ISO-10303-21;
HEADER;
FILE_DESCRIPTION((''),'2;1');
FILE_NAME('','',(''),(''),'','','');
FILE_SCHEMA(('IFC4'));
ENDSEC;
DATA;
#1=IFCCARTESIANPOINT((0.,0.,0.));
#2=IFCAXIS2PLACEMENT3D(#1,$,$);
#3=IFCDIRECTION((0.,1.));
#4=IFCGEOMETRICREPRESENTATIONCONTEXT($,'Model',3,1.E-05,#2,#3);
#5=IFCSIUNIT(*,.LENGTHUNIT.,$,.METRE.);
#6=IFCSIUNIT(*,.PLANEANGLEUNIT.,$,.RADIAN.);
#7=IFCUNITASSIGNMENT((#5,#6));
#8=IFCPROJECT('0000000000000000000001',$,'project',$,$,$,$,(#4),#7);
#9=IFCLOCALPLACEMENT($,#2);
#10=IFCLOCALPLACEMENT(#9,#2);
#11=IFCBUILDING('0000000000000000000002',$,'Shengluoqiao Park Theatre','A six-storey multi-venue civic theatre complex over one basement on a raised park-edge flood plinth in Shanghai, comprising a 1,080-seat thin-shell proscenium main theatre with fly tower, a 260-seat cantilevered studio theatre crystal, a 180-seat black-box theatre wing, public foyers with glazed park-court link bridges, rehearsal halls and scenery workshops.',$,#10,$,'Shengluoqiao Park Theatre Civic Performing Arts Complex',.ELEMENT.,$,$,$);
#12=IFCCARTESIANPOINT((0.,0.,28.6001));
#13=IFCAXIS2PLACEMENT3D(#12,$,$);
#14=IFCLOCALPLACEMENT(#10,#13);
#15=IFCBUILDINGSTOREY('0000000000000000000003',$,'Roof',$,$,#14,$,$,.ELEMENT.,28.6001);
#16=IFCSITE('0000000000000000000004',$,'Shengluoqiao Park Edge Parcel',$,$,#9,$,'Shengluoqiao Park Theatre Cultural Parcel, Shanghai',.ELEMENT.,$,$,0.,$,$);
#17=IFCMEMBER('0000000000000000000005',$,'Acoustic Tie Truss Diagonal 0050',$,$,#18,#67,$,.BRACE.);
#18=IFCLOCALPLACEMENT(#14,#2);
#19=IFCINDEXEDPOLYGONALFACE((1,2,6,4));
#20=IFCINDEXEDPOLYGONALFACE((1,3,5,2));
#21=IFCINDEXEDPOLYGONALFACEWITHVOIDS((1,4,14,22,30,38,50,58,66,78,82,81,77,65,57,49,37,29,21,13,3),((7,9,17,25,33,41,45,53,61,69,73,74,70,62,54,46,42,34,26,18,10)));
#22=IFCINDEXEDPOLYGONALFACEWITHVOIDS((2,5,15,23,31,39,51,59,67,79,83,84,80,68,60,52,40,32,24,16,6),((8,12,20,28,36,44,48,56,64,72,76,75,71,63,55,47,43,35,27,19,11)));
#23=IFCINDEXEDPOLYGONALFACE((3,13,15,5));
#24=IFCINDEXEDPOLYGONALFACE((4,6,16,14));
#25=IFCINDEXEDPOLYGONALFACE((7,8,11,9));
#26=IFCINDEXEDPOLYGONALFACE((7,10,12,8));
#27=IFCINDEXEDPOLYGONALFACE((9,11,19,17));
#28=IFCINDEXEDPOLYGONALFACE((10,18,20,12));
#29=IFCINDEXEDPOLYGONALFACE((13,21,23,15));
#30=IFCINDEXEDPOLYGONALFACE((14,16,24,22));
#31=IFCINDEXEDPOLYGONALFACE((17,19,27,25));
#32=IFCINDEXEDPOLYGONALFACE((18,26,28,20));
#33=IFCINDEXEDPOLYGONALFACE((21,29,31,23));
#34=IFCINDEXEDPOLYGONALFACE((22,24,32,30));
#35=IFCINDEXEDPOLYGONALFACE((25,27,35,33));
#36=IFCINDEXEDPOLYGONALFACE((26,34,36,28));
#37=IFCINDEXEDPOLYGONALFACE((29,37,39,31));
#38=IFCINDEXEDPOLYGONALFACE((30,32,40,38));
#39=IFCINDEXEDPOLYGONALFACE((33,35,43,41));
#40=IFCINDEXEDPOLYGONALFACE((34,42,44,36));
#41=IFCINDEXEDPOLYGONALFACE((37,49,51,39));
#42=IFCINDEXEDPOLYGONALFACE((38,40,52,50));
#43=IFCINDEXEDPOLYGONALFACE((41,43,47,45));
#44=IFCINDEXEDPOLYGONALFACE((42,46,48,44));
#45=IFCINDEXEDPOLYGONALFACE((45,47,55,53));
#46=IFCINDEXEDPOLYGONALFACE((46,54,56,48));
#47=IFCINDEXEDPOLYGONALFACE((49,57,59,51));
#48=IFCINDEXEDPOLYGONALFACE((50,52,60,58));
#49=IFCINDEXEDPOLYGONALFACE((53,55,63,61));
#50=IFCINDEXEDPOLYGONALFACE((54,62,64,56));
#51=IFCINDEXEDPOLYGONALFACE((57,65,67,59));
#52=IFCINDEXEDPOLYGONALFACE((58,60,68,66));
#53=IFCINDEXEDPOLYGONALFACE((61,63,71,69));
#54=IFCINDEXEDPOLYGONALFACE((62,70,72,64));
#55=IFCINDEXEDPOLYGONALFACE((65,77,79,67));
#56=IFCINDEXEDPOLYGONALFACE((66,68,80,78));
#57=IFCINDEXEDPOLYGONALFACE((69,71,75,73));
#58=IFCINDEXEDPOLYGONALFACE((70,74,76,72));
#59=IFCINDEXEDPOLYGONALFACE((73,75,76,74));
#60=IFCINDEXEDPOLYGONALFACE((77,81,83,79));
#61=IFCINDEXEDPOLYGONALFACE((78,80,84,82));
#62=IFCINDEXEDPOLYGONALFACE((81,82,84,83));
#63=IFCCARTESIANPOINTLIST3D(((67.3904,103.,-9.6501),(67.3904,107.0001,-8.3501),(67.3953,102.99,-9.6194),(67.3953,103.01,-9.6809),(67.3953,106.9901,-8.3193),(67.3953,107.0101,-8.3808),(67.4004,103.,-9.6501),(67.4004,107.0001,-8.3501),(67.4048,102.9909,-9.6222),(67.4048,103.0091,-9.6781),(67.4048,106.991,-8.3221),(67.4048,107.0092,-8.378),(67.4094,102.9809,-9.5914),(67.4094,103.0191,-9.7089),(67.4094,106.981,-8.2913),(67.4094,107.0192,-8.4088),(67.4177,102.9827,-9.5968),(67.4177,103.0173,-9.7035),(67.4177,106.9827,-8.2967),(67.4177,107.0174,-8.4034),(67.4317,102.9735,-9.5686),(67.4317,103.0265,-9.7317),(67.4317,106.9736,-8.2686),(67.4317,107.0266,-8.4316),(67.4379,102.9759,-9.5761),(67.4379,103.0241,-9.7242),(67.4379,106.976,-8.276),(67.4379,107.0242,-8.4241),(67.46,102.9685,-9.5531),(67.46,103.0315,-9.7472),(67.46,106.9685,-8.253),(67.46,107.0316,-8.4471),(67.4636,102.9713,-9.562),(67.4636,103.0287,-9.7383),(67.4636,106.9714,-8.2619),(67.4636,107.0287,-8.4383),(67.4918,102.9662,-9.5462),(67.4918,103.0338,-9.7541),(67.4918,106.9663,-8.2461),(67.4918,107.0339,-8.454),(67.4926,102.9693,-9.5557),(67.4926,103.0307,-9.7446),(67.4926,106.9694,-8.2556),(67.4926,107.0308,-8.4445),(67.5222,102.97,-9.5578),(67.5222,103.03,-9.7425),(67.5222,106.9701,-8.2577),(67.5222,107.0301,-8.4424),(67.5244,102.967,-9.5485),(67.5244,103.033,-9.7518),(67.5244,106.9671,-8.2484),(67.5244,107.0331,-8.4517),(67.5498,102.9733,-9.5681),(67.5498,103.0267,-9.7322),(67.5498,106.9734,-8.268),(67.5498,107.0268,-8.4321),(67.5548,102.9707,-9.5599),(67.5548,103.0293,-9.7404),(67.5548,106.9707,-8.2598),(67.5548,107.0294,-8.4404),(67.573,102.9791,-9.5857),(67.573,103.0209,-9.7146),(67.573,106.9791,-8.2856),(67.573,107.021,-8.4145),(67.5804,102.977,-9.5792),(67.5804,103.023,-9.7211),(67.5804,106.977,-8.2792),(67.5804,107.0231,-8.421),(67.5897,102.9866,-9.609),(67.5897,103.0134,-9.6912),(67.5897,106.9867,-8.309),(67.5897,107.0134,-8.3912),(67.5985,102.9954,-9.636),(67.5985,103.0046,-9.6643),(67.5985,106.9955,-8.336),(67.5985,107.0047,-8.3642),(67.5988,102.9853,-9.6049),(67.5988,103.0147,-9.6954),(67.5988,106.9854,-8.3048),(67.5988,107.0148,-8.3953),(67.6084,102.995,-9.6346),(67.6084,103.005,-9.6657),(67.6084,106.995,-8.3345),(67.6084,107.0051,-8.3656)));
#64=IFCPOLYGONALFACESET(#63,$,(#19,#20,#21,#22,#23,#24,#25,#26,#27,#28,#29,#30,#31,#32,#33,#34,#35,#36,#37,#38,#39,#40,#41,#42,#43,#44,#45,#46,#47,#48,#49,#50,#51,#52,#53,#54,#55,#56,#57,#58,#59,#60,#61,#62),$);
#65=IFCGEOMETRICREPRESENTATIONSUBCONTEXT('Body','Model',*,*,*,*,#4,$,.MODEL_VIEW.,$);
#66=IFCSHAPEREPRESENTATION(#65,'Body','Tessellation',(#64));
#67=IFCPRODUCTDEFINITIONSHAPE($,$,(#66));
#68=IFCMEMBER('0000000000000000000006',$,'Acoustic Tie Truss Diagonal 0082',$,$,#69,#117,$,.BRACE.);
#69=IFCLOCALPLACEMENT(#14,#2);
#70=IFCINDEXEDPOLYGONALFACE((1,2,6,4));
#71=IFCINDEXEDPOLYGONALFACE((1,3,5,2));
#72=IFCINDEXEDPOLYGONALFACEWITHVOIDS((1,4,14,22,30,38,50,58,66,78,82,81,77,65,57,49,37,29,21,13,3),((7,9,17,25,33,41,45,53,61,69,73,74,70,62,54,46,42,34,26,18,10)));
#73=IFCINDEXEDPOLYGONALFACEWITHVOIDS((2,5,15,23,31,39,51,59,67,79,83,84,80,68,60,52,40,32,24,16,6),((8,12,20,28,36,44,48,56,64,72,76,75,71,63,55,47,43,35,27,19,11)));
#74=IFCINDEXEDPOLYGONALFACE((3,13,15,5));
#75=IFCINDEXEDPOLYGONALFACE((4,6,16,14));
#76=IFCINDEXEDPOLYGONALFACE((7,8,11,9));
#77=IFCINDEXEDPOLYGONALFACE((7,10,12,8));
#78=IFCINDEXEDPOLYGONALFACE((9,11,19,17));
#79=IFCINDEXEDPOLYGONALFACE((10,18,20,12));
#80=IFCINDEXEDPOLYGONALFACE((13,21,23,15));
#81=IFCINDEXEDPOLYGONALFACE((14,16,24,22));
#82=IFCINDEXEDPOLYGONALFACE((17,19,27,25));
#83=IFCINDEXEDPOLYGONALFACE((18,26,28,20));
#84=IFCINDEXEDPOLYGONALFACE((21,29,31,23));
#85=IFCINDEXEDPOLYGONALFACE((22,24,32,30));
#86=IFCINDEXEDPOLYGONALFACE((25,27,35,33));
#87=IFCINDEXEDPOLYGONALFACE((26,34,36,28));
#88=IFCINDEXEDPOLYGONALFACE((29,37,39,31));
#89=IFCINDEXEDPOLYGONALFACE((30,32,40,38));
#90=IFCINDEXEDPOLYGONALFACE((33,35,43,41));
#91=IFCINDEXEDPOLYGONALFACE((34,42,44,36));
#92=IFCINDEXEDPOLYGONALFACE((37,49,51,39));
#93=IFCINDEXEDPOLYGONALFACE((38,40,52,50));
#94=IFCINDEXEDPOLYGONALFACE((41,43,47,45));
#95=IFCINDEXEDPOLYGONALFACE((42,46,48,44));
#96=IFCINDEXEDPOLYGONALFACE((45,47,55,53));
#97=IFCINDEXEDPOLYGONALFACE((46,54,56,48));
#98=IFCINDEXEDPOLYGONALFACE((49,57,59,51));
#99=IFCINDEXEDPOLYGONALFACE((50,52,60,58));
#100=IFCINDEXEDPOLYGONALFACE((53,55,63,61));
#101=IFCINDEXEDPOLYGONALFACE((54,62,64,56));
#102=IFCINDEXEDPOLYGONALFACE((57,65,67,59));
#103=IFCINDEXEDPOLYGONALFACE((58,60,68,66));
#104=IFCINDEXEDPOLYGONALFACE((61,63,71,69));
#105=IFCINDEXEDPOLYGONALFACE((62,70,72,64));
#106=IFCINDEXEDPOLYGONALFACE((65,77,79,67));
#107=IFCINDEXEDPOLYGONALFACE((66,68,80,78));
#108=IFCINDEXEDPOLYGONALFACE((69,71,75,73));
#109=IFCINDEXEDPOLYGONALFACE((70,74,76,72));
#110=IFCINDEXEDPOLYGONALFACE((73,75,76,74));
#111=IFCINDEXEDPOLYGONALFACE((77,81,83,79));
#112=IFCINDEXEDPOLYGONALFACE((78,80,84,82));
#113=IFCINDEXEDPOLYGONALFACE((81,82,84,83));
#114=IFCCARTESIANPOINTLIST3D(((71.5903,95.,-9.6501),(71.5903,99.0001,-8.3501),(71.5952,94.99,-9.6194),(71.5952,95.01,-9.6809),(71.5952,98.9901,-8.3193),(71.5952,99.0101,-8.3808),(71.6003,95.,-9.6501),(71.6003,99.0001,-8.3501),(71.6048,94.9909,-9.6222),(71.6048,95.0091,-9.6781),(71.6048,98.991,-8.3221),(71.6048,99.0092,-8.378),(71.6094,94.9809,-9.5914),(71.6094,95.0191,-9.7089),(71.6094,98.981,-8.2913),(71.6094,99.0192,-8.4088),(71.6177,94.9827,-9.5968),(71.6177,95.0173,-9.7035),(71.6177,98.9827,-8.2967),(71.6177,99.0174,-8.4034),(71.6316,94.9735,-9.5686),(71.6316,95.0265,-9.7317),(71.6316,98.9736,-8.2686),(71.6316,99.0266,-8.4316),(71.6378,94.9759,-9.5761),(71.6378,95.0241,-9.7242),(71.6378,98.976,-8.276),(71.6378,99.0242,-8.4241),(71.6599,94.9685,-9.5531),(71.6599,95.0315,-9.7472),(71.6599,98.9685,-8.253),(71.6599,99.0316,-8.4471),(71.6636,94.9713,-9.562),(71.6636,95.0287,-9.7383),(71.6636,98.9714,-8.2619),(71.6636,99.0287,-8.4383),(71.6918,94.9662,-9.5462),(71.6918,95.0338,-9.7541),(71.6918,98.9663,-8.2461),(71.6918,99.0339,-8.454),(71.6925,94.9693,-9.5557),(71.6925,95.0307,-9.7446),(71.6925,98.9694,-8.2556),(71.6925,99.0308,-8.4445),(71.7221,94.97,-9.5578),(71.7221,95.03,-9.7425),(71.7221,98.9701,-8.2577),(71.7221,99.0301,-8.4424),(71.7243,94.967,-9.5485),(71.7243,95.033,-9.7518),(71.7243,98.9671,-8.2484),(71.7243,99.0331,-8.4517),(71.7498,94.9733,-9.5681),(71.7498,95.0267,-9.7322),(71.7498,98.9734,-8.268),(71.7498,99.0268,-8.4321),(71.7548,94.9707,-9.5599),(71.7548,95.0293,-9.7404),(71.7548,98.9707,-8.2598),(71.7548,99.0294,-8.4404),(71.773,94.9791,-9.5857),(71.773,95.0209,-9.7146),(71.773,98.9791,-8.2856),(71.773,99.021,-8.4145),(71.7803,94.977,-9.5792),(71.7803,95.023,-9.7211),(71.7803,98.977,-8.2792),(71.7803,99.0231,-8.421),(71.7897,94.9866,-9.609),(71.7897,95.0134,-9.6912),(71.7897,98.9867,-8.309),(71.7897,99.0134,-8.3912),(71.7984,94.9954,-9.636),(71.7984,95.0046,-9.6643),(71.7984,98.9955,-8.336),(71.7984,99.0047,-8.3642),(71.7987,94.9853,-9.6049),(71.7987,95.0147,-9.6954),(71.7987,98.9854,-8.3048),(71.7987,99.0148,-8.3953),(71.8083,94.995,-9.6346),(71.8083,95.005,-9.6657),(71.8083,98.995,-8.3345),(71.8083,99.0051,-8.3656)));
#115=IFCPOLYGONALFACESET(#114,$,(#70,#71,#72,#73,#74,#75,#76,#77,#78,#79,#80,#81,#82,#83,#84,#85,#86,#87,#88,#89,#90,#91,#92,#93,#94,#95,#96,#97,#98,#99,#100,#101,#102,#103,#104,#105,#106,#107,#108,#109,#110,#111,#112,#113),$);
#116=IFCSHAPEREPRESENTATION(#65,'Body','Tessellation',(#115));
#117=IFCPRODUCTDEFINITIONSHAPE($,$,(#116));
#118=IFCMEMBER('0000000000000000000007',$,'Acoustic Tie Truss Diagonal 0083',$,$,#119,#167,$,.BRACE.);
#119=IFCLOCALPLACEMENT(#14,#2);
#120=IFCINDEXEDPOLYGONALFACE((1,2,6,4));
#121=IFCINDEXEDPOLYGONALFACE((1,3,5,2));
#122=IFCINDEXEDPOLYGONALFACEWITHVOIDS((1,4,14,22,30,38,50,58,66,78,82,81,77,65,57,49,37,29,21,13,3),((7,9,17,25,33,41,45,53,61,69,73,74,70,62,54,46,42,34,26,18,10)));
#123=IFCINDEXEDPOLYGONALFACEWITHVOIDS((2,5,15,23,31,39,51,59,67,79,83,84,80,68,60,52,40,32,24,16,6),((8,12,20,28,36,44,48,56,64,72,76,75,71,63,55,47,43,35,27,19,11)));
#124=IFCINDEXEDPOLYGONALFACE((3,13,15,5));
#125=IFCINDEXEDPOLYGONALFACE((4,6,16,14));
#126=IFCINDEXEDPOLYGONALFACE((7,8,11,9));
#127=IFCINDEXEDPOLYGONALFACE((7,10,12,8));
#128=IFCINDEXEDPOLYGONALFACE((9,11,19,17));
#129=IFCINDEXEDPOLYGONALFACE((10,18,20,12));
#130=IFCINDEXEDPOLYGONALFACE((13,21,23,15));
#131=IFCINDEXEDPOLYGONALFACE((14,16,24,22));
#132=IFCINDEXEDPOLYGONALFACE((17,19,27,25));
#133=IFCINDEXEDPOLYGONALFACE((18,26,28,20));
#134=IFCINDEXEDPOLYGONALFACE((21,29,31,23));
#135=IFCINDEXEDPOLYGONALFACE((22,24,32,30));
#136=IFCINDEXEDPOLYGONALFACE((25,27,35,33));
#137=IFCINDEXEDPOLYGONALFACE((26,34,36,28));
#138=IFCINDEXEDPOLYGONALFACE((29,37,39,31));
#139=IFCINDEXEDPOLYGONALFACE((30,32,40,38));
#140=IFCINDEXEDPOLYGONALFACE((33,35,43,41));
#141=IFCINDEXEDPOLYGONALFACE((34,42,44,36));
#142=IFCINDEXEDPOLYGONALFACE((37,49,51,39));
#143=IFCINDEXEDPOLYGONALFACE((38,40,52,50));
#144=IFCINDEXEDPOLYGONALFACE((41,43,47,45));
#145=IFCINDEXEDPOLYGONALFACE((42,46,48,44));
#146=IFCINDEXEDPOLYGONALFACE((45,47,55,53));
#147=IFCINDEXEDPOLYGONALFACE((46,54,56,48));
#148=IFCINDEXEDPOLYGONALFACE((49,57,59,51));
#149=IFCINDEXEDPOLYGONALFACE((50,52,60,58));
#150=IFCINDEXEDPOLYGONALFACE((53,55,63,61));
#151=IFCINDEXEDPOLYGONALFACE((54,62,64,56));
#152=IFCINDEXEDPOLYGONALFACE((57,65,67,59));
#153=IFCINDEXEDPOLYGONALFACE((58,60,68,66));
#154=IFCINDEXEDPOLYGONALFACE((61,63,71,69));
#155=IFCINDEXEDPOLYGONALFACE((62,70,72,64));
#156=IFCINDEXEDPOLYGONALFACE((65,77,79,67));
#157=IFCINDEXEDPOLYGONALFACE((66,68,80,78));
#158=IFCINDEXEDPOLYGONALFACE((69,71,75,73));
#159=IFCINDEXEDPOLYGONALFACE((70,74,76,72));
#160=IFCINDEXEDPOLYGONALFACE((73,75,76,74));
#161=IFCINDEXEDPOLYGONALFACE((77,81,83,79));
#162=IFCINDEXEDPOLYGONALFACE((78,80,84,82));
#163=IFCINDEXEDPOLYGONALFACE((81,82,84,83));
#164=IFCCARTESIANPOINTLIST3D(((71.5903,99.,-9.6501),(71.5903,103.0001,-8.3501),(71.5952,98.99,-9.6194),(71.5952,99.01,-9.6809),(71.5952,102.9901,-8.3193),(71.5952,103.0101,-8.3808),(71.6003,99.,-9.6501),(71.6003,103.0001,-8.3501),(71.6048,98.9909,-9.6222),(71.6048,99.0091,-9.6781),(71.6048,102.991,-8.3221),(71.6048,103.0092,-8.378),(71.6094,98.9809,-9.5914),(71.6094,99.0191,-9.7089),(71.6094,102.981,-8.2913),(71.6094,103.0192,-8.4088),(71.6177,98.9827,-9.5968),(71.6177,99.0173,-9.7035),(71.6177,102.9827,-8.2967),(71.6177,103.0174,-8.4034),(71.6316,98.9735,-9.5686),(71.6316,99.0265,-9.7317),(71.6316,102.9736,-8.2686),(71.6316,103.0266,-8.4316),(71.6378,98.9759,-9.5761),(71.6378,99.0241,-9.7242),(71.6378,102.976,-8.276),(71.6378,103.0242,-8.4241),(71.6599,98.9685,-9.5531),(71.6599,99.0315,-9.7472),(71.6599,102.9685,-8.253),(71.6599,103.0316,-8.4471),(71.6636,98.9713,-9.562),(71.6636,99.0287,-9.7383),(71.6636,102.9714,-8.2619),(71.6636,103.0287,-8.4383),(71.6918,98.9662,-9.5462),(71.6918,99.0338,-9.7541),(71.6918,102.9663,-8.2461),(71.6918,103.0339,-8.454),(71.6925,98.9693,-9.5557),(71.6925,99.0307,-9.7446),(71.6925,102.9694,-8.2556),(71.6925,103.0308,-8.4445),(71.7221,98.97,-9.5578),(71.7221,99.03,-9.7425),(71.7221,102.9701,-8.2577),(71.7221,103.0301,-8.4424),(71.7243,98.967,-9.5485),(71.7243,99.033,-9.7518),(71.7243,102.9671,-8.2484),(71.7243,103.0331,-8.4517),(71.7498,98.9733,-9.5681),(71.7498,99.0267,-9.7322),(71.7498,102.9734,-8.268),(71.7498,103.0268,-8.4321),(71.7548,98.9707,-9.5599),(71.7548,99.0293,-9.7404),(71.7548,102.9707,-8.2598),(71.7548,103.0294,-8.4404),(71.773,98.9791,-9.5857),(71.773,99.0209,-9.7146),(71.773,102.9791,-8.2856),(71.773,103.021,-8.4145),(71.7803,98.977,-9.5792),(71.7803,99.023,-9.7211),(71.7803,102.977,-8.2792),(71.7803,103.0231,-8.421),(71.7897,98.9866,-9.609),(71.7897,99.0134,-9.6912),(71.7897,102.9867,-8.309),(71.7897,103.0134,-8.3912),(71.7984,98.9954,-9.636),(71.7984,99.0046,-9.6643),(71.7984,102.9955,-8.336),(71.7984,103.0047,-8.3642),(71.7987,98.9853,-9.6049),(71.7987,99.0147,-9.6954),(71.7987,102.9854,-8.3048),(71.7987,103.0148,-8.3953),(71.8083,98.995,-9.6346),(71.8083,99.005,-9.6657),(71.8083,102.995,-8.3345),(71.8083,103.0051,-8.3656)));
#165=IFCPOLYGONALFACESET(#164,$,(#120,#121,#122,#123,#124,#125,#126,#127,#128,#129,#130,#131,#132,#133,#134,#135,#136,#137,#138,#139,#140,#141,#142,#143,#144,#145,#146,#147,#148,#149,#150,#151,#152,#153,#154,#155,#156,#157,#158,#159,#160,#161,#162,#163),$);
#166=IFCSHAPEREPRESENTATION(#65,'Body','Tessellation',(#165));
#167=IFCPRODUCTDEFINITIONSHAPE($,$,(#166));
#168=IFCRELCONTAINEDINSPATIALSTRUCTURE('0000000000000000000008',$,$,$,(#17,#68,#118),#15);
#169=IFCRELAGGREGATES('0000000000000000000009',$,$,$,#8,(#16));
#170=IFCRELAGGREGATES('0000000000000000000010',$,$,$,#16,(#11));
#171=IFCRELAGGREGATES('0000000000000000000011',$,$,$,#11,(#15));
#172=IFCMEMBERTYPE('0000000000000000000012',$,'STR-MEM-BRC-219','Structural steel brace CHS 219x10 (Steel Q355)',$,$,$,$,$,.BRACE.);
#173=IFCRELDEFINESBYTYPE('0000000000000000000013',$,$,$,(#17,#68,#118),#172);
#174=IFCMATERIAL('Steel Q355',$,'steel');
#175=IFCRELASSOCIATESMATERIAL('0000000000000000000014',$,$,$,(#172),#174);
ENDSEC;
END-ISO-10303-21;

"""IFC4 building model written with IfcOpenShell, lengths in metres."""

from ifc_helpers import new_model, si_unit, direction, frame, origin, origin_2d, place, context, subcontext, project, spatial, hollow_circle, extrude, material, material_profile, profile_set, type_object, element, save


model = new_model("IFC4")

# Units and contexts
model_context = context("Model", 3, precision=1e-05, world=origin(), true_north=direction((0.0, 1.0)))
body_context = subcontext(model_context, "Body", "Model", "MODEL_VIEW")
ifc_project = project(units=[si_unit("LENGTHUNIT", "METRE"), si_unit("PLANEANGLEUNIT", "RADIAN")], contexts=[model_context])

# Site, building, storey
site_placement = place(None, origin())
site = spatial("IfcSite", under=ifc_project, at=site_placement, Name="Shengluoqiao Park Edge Parcel", LongName="Shengluoqiao Park Theatre Cultural Parcel, Shanghai", CompositionType="ELEMENT", RefElevation=0.0)
building_placement = place(site_placement, origin())
building = spatial("IfcBuilding", under=site, at=building_placement, Name="Shengluoqiao Park Theatre", Description="A six-storey multi-venue civic theatre complex over one basement on a raised park-edge flood plinth in Shanghai, comprising a 1,080-seat thin-shell proscenium main theatre with fly tower, a 260-seat cantilevered studio theatre crystal, a 180-seat black-box theatre wing, public foyers with glazed park-court link bridges, rehearsal halls and scenery workshops.", LongName="Shengluoqiao Park Theatre Civic Performing Arts Complex", CompositionType="ELEMENT")
storey_placement = place(building_placement, frame((0.0, 0.0, 28.6001)))
storey = spatial("IfcBuildingStorey", under=building, at=storey_placement, Name="Roof", CompositionType="ELEMENT", Elevation=28.6001)

# Shared definitions
ifc_material = material(Name="Steel Q355", Category="steel")

# Members
ifc_material_profile_1 = material_profile(ifc_material, hollow_circle(Radius=0.1096, WallThickness=0.01, at=origin_2d()), Name="CHS 219x10")
ifc_profile_set_1 = profile_set([ifc_material_profile_1], Name="Steel Q355")
member_type_1 = type_object("IfcMemberType", Name="STR-MEM-BRC-219", Description="Structural steel brace CHS 219x10 (Steel Q355)", PredefinedType="BRACE", material=ifc_profile_set_1)
for number, where, z_axis, x_axis, name in (
    (1, (67.5, 103.0, -9.6501), (0.0, 0.951031, 0.309097), (-1.0, 0.0, 0.0), "Acoustic Tie Truss Diagonal 0050"),
    (2, (71.7, 95.0, -9.6501), (0.0, 0.951031, 0.309097), (-1.0, 0.0, 0.0), "Acoustic Tie Truss Diagonal 0082"),
    (3, (71.7, 99.0, -9.6501), (0.0, 0.951031, 0.309097), (-1.0, 0.0, 0.0), "Acoustic Tie Truss Diagonal 0083"),
):
    element("IfcMember", number, at=place(storey_placement, frame(where, z_axis=z_axis, x_axis=x_axis)), inside=storey, type_object=member_type_1, Name=name, PredefinedType="BRACE", context=body_context, shape_type="SweptSolid", body=[
        extrude(hollow_circle(Radius=0.1096, WallThickness=0.01, at=origin_2d()), origin(), (0.0, 0.0, 1.0), 4.2061),
    ])

save(model, "model.ifc")
